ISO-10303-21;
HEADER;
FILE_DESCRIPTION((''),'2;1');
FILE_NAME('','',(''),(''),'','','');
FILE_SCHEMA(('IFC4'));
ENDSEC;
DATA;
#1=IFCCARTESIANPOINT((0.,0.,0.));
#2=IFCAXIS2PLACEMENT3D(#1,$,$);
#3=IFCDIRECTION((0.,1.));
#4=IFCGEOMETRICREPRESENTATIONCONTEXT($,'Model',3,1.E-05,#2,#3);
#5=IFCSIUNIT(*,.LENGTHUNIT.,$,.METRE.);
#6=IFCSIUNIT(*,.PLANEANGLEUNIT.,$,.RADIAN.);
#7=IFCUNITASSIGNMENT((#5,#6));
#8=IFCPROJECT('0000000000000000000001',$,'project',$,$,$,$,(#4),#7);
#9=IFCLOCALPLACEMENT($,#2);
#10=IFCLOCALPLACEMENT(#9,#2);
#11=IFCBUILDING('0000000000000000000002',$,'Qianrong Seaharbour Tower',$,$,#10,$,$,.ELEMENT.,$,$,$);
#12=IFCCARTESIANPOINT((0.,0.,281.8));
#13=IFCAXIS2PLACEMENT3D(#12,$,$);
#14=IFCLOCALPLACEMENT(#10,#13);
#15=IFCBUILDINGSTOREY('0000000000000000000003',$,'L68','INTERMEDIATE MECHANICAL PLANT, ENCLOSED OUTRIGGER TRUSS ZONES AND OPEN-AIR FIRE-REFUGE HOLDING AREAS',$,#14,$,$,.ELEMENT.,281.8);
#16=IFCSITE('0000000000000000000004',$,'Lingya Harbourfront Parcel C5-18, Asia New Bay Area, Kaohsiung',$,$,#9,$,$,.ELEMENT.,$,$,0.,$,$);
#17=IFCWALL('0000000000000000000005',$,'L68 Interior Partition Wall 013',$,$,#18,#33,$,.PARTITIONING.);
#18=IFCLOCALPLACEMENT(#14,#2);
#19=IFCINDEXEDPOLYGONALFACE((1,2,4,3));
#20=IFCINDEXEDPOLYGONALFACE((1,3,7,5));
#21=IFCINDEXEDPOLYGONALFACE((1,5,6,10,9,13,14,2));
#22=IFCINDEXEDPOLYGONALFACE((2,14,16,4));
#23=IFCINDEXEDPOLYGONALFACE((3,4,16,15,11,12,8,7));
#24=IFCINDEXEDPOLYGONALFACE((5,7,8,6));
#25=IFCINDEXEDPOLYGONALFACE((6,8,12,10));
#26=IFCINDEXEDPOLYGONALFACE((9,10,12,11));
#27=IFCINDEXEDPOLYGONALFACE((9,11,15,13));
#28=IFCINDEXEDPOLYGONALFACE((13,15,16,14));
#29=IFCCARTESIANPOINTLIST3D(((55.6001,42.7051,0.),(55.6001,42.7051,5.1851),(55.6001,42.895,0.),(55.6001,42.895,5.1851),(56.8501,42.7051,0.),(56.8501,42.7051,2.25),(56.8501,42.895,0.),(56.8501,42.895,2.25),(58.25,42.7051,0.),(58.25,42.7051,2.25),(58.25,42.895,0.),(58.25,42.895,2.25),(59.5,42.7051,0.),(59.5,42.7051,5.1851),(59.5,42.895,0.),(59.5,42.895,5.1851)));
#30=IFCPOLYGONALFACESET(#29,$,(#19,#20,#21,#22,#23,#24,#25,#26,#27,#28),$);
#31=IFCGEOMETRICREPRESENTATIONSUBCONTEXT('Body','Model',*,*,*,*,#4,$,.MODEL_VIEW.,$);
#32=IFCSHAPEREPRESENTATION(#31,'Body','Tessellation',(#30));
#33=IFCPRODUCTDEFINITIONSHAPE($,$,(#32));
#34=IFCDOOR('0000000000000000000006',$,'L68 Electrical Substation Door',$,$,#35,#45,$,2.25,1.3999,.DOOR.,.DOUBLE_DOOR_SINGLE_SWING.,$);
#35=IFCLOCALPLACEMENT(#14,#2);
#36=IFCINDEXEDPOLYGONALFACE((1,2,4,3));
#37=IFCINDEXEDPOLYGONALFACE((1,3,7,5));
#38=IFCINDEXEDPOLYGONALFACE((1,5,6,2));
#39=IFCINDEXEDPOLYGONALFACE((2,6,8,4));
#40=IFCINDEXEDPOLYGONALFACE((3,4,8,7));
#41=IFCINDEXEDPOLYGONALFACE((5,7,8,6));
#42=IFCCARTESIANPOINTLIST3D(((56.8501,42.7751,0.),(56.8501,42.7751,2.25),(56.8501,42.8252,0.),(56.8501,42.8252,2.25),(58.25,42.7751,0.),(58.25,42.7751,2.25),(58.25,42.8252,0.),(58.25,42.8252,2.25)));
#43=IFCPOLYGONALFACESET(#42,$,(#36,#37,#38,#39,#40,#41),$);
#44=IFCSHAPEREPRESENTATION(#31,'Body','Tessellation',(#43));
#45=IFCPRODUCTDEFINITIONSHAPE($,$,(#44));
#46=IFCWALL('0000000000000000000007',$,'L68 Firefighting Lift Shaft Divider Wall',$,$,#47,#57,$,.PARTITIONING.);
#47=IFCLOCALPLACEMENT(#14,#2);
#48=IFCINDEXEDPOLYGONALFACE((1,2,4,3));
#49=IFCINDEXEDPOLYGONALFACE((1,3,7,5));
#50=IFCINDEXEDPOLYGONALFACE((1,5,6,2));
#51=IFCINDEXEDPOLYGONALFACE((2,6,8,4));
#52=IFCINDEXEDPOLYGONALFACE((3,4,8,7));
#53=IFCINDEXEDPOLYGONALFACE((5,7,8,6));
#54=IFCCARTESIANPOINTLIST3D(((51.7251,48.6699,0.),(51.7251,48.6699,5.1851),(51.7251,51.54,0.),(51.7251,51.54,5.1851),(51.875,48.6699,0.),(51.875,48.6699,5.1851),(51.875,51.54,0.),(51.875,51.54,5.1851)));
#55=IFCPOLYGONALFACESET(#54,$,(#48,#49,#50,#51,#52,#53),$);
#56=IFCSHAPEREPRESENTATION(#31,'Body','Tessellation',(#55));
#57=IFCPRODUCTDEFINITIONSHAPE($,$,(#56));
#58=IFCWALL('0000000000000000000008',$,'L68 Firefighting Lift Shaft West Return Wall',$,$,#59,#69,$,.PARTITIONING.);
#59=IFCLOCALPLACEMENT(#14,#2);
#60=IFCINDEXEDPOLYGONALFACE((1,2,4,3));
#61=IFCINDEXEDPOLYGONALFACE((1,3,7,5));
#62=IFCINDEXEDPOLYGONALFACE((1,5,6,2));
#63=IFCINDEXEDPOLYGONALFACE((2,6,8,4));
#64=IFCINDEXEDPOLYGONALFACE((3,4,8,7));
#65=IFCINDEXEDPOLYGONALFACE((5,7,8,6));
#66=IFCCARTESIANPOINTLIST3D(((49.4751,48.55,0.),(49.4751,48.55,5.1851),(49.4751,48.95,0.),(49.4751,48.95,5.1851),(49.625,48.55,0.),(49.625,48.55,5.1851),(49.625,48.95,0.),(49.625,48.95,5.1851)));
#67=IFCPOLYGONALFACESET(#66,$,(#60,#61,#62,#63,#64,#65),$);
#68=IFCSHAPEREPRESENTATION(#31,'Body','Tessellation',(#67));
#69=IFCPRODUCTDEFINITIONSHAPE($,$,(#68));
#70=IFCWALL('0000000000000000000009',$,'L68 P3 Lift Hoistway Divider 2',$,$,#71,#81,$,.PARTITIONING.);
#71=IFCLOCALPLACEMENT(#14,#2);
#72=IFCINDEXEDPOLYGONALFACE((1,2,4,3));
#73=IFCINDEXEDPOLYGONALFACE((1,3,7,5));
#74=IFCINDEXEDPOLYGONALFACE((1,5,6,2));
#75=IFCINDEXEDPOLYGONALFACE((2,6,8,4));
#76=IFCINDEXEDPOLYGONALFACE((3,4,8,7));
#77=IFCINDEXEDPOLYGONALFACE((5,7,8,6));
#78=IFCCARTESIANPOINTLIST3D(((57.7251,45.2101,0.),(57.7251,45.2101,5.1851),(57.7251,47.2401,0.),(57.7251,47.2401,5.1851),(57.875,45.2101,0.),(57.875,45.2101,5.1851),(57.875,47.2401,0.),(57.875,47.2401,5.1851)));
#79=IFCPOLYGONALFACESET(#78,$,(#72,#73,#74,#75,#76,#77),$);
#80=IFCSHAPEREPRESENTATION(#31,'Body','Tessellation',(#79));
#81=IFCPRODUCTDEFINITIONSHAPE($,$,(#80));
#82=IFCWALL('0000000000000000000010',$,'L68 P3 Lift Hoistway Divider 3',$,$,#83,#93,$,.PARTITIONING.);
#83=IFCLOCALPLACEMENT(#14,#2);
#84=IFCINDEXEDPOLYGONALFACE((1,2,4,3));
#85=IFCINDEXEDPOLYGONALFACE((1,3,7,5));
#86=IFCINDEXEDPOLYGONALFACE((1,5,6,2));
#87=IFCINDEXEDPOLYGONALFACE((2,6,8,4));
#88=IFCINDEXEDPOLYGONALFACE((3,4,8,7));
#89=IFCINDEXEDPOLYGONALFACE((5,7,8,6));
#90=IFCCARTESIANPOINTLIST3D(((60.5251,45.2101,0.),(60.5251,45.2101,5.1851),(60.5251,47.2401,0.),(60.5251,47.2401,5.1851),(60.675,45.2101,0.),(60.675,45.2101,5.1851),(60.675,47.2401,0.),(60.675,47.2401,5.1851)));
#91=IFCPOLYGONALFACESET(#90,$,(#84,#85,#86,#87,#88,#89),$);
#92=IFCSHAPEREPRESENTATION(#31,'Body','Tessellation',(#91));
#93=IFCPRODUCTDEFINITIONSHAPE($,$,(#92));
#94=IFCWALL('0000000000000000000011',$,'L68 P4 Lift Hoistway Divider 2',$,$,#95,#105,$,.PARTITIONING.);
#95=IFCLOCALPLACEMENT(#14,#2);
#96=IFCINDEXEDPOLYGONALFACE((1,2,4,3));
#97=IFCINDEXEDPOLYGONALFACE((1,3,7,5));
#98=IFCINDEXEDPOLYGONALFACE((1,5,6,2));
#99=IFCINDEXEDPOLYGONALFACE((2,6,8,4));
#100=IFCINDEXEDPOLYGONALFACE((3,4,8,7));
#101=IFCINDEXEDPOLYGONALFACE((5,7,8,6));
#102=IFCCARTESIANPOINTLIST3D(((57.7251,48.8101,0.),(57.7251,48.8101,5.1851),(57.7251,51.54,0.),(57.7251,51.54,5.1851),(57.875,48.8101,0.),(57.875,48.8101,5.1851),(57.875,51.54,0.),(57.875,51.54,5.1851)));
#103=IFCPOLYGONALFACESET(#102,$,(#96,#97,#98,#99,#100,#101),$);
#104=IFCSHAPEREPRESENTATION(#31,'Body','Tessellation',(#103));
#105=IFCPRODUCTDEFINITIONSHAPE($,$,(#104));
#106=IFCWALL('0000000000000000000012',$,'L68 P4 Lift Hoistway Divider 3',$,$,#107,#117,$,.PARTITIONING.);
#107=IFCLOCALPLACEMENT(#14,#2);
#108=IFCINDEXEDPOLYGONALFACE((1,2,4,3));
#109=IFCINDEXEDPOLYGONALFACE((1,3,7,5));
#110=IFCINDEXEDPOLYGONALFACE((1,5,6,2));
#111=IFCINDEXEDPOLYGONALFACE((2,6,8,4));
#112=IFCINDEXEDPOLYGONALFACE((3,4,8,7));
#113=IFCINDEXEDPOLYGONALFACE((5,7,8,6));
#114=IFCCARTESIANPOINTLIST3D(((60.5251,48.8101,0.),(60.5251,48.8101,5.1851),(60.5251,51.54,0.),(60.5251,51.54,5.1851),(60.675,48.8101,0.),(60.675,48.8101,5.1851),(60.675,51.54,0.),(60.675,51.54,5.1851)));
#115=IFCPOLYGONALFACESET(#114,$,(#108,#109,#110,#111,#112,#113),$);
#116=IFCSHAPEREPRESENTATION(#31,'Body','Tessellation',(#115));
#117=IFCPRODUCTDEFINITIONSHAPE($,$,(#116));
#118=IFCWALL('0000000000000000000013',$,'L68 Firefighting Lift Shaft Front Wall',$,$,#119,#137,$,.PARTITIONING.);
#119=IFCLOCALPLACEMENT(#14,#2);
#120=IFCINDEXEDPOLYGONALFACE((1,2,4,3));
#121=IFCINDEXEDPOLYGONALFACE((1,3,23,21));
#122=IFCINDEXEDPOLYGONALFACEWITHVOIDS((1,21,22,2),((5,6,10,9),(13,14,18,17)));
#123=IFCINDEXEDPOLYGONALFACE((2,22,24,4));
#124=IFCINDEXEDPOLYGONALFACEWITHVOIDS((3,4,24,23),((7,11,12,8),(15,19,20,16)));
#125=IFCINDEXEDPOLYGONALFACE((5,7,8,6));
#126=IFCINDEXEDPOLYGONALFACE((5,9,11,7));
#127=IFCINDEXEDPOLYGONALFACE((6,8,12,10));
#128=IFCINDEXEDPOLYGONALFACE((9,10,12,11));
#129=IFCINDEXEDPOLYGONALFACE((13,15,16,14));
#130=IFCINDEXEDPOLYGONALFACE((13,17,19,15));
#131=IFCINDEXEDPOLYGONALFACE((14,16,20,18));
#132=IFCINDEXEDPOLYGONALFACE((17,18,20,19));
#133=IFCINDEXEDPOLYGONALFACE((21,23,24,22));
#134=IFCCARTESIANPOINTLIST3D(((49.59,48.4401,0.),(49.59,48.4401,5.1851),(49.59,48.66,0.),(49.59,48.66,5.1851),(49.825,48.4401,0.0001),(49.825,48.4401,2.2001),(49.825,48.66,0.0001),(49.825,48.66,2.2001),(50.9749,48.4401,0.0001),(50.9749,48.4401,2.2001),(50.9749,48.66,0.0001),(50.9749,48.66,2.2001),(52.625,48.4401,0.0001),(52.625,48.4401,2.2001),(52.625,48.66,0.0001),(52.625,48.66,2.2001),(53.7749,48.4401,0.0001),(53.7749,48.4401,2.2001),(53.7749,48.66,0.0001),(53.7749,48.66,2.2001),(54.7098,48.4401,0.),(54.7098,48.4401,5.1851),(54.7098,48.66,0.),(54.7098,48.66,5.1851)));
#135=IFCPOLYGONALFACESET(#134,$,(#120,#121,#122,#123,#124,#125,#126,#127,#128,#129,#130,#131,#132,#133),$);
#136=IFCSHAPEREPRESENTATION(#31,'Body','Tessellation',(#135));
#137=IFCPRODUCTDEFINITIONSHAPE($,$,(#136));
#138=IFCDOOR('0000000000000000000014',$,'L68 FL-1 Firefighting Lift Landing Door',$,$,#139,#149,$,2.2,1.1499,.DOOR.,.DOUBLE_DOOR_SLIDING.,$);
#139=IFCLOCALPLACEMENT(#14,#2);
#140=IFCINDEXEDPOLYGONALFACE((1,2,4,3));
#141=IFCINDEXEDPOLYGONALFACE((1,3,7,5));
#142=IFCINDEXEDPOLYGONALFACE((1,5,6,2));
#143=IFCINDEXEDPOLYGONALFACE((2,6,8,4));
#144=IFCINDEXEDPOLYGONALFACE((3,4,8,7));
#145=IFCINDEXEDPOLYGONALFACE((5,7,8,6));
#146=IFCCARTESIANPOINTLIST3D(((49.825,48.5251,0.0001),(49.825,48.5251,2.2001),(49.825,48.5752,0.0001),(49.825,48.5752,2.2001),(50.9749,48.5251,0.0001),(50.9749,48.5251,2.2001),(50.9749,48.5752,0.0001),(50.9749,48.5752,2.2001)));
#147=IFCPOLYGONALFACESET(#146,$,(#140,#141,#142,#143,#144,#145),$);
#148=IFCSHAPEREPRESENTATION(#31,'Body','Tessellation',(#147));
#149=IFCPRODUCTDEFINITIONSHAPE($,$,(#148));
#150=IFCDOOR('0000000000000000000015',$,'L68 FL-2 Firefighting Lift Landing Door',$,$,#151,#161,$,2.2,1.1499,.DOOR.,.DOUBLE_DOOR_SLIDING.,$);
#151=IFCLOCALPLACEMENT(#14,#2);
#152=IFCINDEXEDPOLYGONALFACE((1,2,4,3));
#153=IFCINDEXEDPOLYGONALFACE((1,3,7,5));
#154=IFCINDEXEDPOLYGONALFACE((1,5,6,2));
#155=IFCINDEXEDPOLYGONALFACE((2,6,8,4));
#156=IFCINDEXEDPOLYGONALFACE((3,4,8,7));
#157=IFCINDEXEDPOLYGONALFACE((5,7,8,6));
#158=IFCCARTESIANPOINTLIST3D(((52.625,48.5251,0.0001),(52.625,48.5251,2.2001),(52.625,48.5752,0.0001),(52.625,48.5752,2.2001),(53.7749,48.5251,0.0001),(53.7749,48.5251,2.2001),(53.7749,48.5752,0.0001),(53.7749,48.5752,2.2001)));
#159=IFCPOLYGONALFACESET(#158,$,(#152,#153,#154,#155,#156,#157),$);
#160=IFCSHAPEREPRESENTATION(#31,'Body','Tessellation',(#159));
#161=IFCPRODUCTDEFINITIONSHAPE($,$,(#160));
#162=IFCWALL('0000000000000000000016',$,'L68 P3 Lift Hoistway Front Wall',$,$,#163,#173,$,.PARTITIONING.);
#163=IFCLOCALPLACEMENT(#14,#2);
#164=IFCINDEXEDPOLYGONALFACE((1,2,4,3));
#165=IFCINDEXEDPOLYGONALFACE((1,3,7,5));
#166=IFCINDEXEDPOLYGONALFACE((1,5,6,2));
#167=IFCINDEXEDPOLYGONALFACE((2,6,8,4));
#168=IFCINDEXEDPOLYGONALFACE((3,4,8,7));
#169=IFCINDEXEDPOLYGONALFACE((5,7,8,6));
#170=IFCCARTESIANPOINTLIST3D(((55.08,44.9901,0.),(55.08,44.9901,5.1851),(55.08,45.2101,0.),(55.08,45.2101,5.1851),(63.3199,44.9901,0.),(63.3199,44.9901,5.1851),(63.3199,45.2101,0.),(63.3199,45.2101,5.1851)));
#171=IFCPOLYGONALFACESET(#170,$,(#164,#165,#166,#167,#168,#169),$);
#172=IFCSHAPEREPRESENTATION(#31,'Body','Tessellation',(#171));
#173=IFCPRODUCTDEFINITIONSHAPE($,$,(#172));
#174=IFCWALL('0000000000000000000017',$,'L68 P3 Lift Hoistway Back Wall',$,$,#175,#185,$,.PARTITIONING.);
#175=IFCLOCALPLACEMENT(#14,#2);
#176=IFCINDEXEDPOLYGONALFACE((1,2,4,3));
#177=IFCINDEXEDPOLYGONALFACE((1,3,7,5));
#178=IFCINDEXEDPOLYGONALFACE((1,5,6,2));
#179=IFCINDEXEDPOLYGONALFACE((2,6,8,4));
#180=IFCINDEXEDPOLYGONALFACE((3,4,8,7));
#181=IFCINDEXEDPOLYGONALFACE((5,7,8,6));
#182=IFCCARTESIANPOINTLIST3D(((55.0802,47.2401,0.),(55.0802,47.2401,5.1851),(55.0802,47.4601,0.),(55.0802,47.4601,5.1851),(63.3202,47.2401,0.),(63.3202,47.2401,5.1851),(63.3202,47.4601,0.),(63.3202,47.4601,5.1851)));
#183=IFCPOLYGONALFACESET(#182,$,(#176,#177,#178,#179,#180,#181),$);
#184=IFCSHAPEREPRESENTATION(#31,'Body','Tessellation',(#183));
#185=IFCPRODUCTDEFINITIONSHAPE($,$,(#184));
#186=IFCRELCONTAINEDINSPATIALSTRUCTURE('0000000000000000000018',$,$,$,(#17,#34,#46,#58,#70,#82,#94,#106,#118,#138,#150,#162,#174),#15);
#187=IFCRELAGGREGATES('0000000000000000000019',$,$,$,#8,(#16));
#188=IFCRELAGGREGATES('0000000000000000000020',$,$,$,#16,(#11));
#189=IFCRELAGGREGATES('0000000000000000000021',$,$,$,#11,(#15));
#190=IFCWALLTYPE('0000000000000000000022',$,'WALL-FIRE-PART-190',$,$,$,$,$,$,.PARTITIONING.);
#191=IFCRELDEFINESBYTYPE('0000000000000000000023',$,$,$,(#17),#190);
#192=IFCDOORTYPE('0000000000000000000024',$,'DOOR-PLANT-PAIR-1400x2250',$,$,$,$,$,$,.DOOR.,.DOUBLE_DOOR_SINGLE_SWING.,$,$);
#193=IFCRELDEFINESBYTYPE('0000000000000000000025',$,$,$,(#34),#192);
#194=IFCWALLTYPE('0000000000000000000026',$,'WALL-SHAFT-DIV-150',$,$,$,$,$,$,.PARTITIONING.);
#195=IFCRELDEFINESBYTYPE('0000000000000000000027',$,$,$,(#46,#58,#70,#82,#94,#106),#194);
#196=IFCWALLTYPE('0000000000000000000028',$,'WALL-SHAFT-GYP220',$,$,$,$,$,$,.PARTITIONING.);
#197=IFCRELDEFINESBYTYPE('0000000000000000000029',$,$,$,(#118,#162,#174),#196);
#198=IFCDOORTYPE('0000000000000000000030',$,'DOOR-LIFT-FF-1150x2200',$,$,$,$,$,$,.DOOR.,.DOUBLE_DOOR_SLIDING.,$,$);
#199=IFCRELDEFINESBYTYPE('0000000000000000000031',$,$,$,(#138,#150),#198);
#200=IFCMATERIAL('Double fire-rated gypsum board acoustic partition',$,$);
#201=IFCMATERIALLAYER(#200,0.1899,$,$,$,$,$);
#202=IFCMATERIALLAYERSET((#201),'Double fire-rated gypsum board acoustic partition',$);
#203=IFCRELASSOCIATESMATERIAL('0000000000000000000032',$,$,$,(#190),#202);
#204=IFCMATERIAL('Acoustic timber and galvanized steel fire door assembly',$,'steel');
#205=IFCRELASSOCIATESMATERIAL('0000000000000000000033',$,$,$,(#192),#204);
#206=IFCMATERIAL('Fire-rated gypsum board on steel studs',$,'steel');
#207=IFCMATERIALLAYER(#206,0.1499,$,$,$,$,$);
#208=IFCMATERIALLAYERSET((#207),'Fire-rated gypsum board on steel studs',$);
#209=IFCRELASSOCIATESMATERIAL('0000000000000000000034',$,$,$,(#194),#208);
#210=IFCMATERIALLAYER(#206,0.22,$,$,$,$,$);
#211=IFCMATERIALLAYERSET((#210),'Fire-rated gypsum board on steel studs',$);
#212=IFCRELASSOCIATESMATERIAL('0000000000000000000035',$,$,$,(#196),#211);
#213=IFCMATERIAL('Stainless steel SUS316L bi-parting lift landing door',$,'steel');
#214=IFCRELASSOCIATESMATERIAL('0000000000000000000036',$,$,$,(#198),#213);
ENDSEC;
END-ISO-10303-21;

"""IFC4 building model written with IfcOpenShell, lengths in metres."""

from ifc_helpers import new_model, si_unit, direction, frame, frame_2d, origin, place, context, subcontext, project, spatial, rectangle, extrude, material, layer, layer_set, type_object, element, fill, save


model = new_model("IFC4")

# Units and contexts
model_context = context("Model", 3, precision=1e-05, world=origin(), true_north=direction((0.0, 1.0)))
body_context = subcontext(model_context, "Body", "Model", "MODEL_VIEW")
ifc_project = project(units=[si_unit("LENGTHUNIT", "METRE"), si_unit("PLANEANGLEUNIT", "RADIAN")], contexts=[model_context])

# Site, building, storey
site_placement = place(None, origin())
site = spatial("IfcSite", under=ifc_project, at=site_placement, Name="Lingya Harbourfront Parcel C5-18, Asia New Bay Area, Kaohsiung", CompositionType="ELEMENT", RefElevation=0.0)
building_placement = place(site_placement, origin())
building = spatial("IfcBuilding", under=site, at=building_placement, Name="Qianrong Seaharbour Tower", CompositionType="ELEMENT")
storey_placement = place(building_placement, frame((0.0, 0.0, 281.8)))
storey = spatial("IfcBuildingStorey", under=building, at=storey_placement, Name="L68", Description="INTERMEDIATE MECHANICAL PLANT, ENCLOSED OUTRIGGER TRUSS ZONES AND OPEN-AIR FIRE-REFUGE HOLDING AREAS", CompositionType="ELEMENT", Elevation=281.8)

# Wall, opening, door
ifc_material_1 = material(Name="Acoustic timber and galvanized steel fire door assembly", Category="steel")
ifc_material_2 = material(Name="Double fire-rated gypsum board acoustic partition")
ifc_layer_1 = layer(ifc_material_2, 0.1899)
ifc_layer_set_1 = layer_set([ifc_layer_1], Name="Double fire-rated gypsum board acoustic partition")
wall_type_1 = type_object("IfcWallType", Name="WALL-FIRE-PART-190", PredefinedType="PARTITIONING", material=ifc_layer_set_1)
wall_1_placement = place(storey_placement, frame((59.5, 42.8, 0.0), z_axis=(0.0, 0.0, 1.0), x_axis=(-1.0, 0.0, 0.0)))
wall_1 = element("IfcWall", 1, at=wall_1_placement, inside=storey, type_object=wall_type_1, Name="L68 Interior Partition Wall 013", PredefinedType="PARTITIONING", context=body_context, shape_type="SweptSolid", body=[
    extrude(rectangle(XDim=3.8999, YDim=0.1899, at=frame_2d((1.95, 0.0))), origin(), (0.0, 0.0, 1.0), 5.1851),
])
opening_1_placement = place(wall_1_placement, frame((1.25, 0.0, 0.0)))
opening_1 = element("IfcOpeningElement", 2, at=opening_1_placement, cuts=wall_1, PredefinedType="OPENING", context=body_context, shape_type="SweptSolid", body=[
    extrude(rectangle(XDim=1.3999, YDim=2.25, at=frame_2d((0.7, 1.125))), frame((0.0, 0.105, 0.0), z_axis=(0.0, -1.0, 0.0), x_axis=(1.0, 0.0, 0.0)), (0.0, 0.0, 1.0), 0.21),
])
door_type_1 = type_object("IfcDoorType", Name="DOOR-PLANT-PAIR-1400x2250", OperationType="DOUBLE_DOOR_SINGLE_SWING", PredefinedType="DOOR", material=ifc_material_1)
door_1_placement = place(opening_1_placement, origin())
door_1 = element("IfcDoor", 3, at=door_1_placement, inside=storey, type_object=door_type_1, Name="L68 Electrical Substation Door", OperationType="DOUBLE_DOOR_SINGLE_SWING", OverallHeight=2.25, OverallWidth=1.3999, PredefinedType="DOOR", context=body_context, shape_type="SweptSolid", body=[
    extrude(rectangle(XDim=1.3999, YDim=2.25, at=frame_2d((0.7, 1.125))), frame((0.0, 0.0249, 0.0), z_axis=(0.0, -1.0, 0.0), x_axis=(1.0, 0.0, 0.0)), (0.0, 0.0, 1.0), 0.05),
])
fill(opening_1, door_1)

# Walls
ifc_material_3 = material(Name="Fire-rated gypsum board on steel studs", Category="steel")
ifc_layer_2 = layer(ifc_material_3, 0.1499)
ifc_layer_set_2 = layer_set([ifc_layer_2], Name="Fire-rated gypsum board on steel studs")
wall_type_2 = type_object("IfcWallType", Name="WALL-SHAFT-DIV-150", PredefinedType="PARTITIONING", material=ifc_layer_set_2)
wall_2_placement = place(storey_placement, frame((51.8, 48.6699, 0.0), z_axis=(0.0, 0.0, 1.0), x_axis=(0.0, 1.0, 0.0)))
element("IfcWall", 4, at=wall_2_placement, inside=storey, type_object=wall_type_2, Name="L68 Firefighting Lift Shaft Divider Wall", PredefinedType="PARTITIONING", context=body_context, shape_type="SweptSolid", body=[
    extrude(rectangle(XDim=2.8701, YDim=0.1499, at=frame_2d((1.4351, 0.0))), origin(), (0.0, 0.0, 1.0), 5.1851),
])
wall_3_placement = place(storey_placement, frame((49.55, 48.55, 0.0), z_axis=(0.0, 0.0, 1.0), x_axis=(0.0, 1.0, 0.0)))
element("IfcWall", 5, at=wall_3_placement, inside=storey, type_object=wall_type_2, Name="L68 Firefighting Lift Shaft West Return Wall", PredefinedType="PARTITIONING", context=body_context, shape_type="SweptSolid", body=[
    extrude(rectangle(XDim=0.3999, YDim=0.1499, at=frame_2d((0.2, 0.0))), origin(), (0.0, 0.0, 1.0), 5.1851),
])
for number, where, z_axis, x_axis, name in (
    (6, (57.8, 45.21, 0.0), (0.0, 0.0, 1.0), (0.0, 1.0, 0.0), "L68 P3 Lift Hoistway Divider 2"),
    (7, (60.6001, 45.21, 0.0), (0.0, 0.0, 1.0), (0.0, 1.0, 0.0), "L68 P3 Lift Hoistway Divider 3"),
):
    element("IfcWall", number, at=place(storey_placement, frame(where, z_axis=z_axis, x_axis=x_axis)), inside=storey, type_object=wall_type_2, Name=name, PredefinedType="PARTITIONING", context=body_context, shape_type="SweptSolid", body=[
        extrude(rectangle(XDim=2.03, YDim=0.1499, at=frame_2d((1.0151, 0.0))), origin(), (0.0, 0.0, 1.0), 5.1851),
    ])
for number, where, z_axis, x_axis, name in (
    (8, (57.8, 48.8101, 0.0), (0.0, 0.0, 1.0), (0.0, 1.0, 0.0), "L68 P4 Lift Hoistway Divider 2"),
    (9, (60.6001, 48.8101, 0.0), (0.0, 0.0, 1.0), (0.0, 1.0, 0.0), "L68 P4 Lift Hoistway Divider 3"),
):
    element("IfcWall", number, at=place(storey_placement, frame(where, z_axis=z_axis, x_axis=x_axis)), inside=storey, type_object=wall_type_2, Name=name, PredefinedType="PARTITIONING", context=body_context, shape_type="SweptSolid", body=[
        extrude(rectangle(XDim=2.73, YDim=0.1499, at=frame_2d((1.365, 0.0))), origin(), (0.0, 0.0, 1.0), 5.1851),
    ])

# Wall, openings, doors
ifc_layer_3 = layer(ifc_material_3, 0.22)
ifc_layer_set_3 = layer_set([ifc_layer_3], Name="Fire-rated gypsum board on steel studs")
wall_type_3 = type_object("IfcWallType", Name="WALL-SHAFT-GYP220", PredefinedType="PARTITIONING", material=ifc_layer_set_3)
wall_4_placement = place(storey_placement, frame((54.71, 48.55, 0.0), z_axis=(0.0, 0.0, 1.0), x_axis=(-1.0, 0.0, 0.0)))
wall_4 = element("IfcWall", 10, at=wall_4_placement, inside=storey, type_object=wall_type_3, Name="L68 Firefighting Lift Shaft Front Wall", PredefinedType="PARTITIONING", context=body_context, shape_type="SweptSolid", body=[
    extrude(rectangle(XDim=5.1199, YDim=0.22, at=frame_2d((2.5601, 0.0))), origin(), (0.0, 0.0, 1.0), 5.1851),
])
opening_2_placement = place(wall_4_placement, frame((3.7351, 0.0, 0.0)))
opening_2 = element("IfcOpeningElement", 11, at=opening_2_placement, cuts=wall_4, PredefinedType="OPENING", context=body_context, shape_type="SweptSolid", body=[
    extrude(rectangle(XDim=1.1499, YDim=2.2, at=frame_2d((0.575, 1.1001))), frame((0.0, 0.1201, 0.0), z_axis=(0.0, -1.0, 0.0), x_axis=(1.0, 0.0, 0.0)), (0.0, 0.0, 1.0), 0.24),
])
opening_3_placement = place(wall_4_placement, frame((0.9351, 0.0, 0.0)))
opening_3 = element("IfcOpeningElement", 12, at=opening_3_placement, cuts=wall_4, PredefinedType="OPENING", context=body_context, shape_type="SweptSolid", body=[
    extrude(rectangle(XDim=1.1499, YDim=2.2, at=frame_2d((0.575, 1.1001))), frame((0.0, 0.1201, 0.0), z_axis=(0.0, -1.0, 0.0), x_axis=(1.0, 0.0, 0.0)), (0.0, 0.0, 1.0), 0.24),
])
ifc_material_4 = material(Name="Stainless steel SUS316L bi-parting lift landing door", Category="steel")
door_type_2 = type_object("IfcDoorType", Name="DOOR-LIFT-FF-1150x2200", OperationType="DOUBLE_DOOR_SLIDING", PredefinedType="DOOR", material=ifc_material_4)
door_2_placement = place(opening_2_placement, origin())
door_2 = element("IfcDoor", 13, at=door_2_placement, inside=storey, type_object=door_type_2, Name="L68 FL-1 Firefighting Lift Landing Door", OperationType="DOUBLE_DOOR_SLIDING", OverallHeight=2.2, OverallWidth=1.1499, PredefinedType="DOOR", context=body_context, shape_type="SweptSolid", body=[
    extrude(rectangle(XDim=1.1499, YDim=2.2, at=frame_2d((0.575, 1.1001))), frame((0.0, 0.0249, 0.0), z_axis=(0.0, -1.0, 0.0), x_axis=(1.0, 0.0, 0.0)), (0.0, 0.0, 1.0), 0.05),
])
fill(opening_2, door_2)
door_3_placement = place(opening_3_placement, origin())
door_3 = element("IfcDoor", 14, at=door_3_placement, inside=storey, type_object=door_type_2, Name="L68 FL-2 Firefighting Lift Landing Door", OperationType="DOUBLE_DOOR_SLIDING", OverallHeight=2.2, OverallWidth=1.1499, PredefinedType="DOOR", context=body_context, shape_type="SweptSolid", body=[
    extrude(rectangle(XDim=1.1499, YDim=2.2, at=frame_2d((0.575, 1.1001))), frame((0.0, 0.0249, 0.0), z_axis=(0.0, -1.0, 0.0), x_axis=(1.0, 0.0, 0.0)), (0.0, 0.0, 1.0), 0.05),
])
fill(opening_3, door_3)

# Walls
for number, where, z_axis, x_axis, name in (
    (15, (63.3201, 45.1001, 0.0), (0.0, 0.0, 1.0), (-1.0, 0.0, 0.0), "L68 P3 Lift Hoistway Front Wall"),
    (16, (55.0801, 47.3501, 0.0), (0.0, 0.0, 1.0), (1.0, 0.0, 0.0), "L68 P3 Lift Hoistway Back Wall"),
):
    element("IfcWall", number, at=place(storey_placement, frame(where, z_axis=z_axis, x_axis=x_axis)), inside=storey, type_object=wall_type_3, Name=name, PredefinedType="PARTITIONING", context=body_context, shape_type="SweptSolid", body=[
        extrude(rectangle(XDim=8.24, YDim=0.22, at=frame_2d((4.1201, 0.0))), origin(), (0.0, 0.0, 1.0), 5.1851),
    ])

save(model, "model.ifc")
